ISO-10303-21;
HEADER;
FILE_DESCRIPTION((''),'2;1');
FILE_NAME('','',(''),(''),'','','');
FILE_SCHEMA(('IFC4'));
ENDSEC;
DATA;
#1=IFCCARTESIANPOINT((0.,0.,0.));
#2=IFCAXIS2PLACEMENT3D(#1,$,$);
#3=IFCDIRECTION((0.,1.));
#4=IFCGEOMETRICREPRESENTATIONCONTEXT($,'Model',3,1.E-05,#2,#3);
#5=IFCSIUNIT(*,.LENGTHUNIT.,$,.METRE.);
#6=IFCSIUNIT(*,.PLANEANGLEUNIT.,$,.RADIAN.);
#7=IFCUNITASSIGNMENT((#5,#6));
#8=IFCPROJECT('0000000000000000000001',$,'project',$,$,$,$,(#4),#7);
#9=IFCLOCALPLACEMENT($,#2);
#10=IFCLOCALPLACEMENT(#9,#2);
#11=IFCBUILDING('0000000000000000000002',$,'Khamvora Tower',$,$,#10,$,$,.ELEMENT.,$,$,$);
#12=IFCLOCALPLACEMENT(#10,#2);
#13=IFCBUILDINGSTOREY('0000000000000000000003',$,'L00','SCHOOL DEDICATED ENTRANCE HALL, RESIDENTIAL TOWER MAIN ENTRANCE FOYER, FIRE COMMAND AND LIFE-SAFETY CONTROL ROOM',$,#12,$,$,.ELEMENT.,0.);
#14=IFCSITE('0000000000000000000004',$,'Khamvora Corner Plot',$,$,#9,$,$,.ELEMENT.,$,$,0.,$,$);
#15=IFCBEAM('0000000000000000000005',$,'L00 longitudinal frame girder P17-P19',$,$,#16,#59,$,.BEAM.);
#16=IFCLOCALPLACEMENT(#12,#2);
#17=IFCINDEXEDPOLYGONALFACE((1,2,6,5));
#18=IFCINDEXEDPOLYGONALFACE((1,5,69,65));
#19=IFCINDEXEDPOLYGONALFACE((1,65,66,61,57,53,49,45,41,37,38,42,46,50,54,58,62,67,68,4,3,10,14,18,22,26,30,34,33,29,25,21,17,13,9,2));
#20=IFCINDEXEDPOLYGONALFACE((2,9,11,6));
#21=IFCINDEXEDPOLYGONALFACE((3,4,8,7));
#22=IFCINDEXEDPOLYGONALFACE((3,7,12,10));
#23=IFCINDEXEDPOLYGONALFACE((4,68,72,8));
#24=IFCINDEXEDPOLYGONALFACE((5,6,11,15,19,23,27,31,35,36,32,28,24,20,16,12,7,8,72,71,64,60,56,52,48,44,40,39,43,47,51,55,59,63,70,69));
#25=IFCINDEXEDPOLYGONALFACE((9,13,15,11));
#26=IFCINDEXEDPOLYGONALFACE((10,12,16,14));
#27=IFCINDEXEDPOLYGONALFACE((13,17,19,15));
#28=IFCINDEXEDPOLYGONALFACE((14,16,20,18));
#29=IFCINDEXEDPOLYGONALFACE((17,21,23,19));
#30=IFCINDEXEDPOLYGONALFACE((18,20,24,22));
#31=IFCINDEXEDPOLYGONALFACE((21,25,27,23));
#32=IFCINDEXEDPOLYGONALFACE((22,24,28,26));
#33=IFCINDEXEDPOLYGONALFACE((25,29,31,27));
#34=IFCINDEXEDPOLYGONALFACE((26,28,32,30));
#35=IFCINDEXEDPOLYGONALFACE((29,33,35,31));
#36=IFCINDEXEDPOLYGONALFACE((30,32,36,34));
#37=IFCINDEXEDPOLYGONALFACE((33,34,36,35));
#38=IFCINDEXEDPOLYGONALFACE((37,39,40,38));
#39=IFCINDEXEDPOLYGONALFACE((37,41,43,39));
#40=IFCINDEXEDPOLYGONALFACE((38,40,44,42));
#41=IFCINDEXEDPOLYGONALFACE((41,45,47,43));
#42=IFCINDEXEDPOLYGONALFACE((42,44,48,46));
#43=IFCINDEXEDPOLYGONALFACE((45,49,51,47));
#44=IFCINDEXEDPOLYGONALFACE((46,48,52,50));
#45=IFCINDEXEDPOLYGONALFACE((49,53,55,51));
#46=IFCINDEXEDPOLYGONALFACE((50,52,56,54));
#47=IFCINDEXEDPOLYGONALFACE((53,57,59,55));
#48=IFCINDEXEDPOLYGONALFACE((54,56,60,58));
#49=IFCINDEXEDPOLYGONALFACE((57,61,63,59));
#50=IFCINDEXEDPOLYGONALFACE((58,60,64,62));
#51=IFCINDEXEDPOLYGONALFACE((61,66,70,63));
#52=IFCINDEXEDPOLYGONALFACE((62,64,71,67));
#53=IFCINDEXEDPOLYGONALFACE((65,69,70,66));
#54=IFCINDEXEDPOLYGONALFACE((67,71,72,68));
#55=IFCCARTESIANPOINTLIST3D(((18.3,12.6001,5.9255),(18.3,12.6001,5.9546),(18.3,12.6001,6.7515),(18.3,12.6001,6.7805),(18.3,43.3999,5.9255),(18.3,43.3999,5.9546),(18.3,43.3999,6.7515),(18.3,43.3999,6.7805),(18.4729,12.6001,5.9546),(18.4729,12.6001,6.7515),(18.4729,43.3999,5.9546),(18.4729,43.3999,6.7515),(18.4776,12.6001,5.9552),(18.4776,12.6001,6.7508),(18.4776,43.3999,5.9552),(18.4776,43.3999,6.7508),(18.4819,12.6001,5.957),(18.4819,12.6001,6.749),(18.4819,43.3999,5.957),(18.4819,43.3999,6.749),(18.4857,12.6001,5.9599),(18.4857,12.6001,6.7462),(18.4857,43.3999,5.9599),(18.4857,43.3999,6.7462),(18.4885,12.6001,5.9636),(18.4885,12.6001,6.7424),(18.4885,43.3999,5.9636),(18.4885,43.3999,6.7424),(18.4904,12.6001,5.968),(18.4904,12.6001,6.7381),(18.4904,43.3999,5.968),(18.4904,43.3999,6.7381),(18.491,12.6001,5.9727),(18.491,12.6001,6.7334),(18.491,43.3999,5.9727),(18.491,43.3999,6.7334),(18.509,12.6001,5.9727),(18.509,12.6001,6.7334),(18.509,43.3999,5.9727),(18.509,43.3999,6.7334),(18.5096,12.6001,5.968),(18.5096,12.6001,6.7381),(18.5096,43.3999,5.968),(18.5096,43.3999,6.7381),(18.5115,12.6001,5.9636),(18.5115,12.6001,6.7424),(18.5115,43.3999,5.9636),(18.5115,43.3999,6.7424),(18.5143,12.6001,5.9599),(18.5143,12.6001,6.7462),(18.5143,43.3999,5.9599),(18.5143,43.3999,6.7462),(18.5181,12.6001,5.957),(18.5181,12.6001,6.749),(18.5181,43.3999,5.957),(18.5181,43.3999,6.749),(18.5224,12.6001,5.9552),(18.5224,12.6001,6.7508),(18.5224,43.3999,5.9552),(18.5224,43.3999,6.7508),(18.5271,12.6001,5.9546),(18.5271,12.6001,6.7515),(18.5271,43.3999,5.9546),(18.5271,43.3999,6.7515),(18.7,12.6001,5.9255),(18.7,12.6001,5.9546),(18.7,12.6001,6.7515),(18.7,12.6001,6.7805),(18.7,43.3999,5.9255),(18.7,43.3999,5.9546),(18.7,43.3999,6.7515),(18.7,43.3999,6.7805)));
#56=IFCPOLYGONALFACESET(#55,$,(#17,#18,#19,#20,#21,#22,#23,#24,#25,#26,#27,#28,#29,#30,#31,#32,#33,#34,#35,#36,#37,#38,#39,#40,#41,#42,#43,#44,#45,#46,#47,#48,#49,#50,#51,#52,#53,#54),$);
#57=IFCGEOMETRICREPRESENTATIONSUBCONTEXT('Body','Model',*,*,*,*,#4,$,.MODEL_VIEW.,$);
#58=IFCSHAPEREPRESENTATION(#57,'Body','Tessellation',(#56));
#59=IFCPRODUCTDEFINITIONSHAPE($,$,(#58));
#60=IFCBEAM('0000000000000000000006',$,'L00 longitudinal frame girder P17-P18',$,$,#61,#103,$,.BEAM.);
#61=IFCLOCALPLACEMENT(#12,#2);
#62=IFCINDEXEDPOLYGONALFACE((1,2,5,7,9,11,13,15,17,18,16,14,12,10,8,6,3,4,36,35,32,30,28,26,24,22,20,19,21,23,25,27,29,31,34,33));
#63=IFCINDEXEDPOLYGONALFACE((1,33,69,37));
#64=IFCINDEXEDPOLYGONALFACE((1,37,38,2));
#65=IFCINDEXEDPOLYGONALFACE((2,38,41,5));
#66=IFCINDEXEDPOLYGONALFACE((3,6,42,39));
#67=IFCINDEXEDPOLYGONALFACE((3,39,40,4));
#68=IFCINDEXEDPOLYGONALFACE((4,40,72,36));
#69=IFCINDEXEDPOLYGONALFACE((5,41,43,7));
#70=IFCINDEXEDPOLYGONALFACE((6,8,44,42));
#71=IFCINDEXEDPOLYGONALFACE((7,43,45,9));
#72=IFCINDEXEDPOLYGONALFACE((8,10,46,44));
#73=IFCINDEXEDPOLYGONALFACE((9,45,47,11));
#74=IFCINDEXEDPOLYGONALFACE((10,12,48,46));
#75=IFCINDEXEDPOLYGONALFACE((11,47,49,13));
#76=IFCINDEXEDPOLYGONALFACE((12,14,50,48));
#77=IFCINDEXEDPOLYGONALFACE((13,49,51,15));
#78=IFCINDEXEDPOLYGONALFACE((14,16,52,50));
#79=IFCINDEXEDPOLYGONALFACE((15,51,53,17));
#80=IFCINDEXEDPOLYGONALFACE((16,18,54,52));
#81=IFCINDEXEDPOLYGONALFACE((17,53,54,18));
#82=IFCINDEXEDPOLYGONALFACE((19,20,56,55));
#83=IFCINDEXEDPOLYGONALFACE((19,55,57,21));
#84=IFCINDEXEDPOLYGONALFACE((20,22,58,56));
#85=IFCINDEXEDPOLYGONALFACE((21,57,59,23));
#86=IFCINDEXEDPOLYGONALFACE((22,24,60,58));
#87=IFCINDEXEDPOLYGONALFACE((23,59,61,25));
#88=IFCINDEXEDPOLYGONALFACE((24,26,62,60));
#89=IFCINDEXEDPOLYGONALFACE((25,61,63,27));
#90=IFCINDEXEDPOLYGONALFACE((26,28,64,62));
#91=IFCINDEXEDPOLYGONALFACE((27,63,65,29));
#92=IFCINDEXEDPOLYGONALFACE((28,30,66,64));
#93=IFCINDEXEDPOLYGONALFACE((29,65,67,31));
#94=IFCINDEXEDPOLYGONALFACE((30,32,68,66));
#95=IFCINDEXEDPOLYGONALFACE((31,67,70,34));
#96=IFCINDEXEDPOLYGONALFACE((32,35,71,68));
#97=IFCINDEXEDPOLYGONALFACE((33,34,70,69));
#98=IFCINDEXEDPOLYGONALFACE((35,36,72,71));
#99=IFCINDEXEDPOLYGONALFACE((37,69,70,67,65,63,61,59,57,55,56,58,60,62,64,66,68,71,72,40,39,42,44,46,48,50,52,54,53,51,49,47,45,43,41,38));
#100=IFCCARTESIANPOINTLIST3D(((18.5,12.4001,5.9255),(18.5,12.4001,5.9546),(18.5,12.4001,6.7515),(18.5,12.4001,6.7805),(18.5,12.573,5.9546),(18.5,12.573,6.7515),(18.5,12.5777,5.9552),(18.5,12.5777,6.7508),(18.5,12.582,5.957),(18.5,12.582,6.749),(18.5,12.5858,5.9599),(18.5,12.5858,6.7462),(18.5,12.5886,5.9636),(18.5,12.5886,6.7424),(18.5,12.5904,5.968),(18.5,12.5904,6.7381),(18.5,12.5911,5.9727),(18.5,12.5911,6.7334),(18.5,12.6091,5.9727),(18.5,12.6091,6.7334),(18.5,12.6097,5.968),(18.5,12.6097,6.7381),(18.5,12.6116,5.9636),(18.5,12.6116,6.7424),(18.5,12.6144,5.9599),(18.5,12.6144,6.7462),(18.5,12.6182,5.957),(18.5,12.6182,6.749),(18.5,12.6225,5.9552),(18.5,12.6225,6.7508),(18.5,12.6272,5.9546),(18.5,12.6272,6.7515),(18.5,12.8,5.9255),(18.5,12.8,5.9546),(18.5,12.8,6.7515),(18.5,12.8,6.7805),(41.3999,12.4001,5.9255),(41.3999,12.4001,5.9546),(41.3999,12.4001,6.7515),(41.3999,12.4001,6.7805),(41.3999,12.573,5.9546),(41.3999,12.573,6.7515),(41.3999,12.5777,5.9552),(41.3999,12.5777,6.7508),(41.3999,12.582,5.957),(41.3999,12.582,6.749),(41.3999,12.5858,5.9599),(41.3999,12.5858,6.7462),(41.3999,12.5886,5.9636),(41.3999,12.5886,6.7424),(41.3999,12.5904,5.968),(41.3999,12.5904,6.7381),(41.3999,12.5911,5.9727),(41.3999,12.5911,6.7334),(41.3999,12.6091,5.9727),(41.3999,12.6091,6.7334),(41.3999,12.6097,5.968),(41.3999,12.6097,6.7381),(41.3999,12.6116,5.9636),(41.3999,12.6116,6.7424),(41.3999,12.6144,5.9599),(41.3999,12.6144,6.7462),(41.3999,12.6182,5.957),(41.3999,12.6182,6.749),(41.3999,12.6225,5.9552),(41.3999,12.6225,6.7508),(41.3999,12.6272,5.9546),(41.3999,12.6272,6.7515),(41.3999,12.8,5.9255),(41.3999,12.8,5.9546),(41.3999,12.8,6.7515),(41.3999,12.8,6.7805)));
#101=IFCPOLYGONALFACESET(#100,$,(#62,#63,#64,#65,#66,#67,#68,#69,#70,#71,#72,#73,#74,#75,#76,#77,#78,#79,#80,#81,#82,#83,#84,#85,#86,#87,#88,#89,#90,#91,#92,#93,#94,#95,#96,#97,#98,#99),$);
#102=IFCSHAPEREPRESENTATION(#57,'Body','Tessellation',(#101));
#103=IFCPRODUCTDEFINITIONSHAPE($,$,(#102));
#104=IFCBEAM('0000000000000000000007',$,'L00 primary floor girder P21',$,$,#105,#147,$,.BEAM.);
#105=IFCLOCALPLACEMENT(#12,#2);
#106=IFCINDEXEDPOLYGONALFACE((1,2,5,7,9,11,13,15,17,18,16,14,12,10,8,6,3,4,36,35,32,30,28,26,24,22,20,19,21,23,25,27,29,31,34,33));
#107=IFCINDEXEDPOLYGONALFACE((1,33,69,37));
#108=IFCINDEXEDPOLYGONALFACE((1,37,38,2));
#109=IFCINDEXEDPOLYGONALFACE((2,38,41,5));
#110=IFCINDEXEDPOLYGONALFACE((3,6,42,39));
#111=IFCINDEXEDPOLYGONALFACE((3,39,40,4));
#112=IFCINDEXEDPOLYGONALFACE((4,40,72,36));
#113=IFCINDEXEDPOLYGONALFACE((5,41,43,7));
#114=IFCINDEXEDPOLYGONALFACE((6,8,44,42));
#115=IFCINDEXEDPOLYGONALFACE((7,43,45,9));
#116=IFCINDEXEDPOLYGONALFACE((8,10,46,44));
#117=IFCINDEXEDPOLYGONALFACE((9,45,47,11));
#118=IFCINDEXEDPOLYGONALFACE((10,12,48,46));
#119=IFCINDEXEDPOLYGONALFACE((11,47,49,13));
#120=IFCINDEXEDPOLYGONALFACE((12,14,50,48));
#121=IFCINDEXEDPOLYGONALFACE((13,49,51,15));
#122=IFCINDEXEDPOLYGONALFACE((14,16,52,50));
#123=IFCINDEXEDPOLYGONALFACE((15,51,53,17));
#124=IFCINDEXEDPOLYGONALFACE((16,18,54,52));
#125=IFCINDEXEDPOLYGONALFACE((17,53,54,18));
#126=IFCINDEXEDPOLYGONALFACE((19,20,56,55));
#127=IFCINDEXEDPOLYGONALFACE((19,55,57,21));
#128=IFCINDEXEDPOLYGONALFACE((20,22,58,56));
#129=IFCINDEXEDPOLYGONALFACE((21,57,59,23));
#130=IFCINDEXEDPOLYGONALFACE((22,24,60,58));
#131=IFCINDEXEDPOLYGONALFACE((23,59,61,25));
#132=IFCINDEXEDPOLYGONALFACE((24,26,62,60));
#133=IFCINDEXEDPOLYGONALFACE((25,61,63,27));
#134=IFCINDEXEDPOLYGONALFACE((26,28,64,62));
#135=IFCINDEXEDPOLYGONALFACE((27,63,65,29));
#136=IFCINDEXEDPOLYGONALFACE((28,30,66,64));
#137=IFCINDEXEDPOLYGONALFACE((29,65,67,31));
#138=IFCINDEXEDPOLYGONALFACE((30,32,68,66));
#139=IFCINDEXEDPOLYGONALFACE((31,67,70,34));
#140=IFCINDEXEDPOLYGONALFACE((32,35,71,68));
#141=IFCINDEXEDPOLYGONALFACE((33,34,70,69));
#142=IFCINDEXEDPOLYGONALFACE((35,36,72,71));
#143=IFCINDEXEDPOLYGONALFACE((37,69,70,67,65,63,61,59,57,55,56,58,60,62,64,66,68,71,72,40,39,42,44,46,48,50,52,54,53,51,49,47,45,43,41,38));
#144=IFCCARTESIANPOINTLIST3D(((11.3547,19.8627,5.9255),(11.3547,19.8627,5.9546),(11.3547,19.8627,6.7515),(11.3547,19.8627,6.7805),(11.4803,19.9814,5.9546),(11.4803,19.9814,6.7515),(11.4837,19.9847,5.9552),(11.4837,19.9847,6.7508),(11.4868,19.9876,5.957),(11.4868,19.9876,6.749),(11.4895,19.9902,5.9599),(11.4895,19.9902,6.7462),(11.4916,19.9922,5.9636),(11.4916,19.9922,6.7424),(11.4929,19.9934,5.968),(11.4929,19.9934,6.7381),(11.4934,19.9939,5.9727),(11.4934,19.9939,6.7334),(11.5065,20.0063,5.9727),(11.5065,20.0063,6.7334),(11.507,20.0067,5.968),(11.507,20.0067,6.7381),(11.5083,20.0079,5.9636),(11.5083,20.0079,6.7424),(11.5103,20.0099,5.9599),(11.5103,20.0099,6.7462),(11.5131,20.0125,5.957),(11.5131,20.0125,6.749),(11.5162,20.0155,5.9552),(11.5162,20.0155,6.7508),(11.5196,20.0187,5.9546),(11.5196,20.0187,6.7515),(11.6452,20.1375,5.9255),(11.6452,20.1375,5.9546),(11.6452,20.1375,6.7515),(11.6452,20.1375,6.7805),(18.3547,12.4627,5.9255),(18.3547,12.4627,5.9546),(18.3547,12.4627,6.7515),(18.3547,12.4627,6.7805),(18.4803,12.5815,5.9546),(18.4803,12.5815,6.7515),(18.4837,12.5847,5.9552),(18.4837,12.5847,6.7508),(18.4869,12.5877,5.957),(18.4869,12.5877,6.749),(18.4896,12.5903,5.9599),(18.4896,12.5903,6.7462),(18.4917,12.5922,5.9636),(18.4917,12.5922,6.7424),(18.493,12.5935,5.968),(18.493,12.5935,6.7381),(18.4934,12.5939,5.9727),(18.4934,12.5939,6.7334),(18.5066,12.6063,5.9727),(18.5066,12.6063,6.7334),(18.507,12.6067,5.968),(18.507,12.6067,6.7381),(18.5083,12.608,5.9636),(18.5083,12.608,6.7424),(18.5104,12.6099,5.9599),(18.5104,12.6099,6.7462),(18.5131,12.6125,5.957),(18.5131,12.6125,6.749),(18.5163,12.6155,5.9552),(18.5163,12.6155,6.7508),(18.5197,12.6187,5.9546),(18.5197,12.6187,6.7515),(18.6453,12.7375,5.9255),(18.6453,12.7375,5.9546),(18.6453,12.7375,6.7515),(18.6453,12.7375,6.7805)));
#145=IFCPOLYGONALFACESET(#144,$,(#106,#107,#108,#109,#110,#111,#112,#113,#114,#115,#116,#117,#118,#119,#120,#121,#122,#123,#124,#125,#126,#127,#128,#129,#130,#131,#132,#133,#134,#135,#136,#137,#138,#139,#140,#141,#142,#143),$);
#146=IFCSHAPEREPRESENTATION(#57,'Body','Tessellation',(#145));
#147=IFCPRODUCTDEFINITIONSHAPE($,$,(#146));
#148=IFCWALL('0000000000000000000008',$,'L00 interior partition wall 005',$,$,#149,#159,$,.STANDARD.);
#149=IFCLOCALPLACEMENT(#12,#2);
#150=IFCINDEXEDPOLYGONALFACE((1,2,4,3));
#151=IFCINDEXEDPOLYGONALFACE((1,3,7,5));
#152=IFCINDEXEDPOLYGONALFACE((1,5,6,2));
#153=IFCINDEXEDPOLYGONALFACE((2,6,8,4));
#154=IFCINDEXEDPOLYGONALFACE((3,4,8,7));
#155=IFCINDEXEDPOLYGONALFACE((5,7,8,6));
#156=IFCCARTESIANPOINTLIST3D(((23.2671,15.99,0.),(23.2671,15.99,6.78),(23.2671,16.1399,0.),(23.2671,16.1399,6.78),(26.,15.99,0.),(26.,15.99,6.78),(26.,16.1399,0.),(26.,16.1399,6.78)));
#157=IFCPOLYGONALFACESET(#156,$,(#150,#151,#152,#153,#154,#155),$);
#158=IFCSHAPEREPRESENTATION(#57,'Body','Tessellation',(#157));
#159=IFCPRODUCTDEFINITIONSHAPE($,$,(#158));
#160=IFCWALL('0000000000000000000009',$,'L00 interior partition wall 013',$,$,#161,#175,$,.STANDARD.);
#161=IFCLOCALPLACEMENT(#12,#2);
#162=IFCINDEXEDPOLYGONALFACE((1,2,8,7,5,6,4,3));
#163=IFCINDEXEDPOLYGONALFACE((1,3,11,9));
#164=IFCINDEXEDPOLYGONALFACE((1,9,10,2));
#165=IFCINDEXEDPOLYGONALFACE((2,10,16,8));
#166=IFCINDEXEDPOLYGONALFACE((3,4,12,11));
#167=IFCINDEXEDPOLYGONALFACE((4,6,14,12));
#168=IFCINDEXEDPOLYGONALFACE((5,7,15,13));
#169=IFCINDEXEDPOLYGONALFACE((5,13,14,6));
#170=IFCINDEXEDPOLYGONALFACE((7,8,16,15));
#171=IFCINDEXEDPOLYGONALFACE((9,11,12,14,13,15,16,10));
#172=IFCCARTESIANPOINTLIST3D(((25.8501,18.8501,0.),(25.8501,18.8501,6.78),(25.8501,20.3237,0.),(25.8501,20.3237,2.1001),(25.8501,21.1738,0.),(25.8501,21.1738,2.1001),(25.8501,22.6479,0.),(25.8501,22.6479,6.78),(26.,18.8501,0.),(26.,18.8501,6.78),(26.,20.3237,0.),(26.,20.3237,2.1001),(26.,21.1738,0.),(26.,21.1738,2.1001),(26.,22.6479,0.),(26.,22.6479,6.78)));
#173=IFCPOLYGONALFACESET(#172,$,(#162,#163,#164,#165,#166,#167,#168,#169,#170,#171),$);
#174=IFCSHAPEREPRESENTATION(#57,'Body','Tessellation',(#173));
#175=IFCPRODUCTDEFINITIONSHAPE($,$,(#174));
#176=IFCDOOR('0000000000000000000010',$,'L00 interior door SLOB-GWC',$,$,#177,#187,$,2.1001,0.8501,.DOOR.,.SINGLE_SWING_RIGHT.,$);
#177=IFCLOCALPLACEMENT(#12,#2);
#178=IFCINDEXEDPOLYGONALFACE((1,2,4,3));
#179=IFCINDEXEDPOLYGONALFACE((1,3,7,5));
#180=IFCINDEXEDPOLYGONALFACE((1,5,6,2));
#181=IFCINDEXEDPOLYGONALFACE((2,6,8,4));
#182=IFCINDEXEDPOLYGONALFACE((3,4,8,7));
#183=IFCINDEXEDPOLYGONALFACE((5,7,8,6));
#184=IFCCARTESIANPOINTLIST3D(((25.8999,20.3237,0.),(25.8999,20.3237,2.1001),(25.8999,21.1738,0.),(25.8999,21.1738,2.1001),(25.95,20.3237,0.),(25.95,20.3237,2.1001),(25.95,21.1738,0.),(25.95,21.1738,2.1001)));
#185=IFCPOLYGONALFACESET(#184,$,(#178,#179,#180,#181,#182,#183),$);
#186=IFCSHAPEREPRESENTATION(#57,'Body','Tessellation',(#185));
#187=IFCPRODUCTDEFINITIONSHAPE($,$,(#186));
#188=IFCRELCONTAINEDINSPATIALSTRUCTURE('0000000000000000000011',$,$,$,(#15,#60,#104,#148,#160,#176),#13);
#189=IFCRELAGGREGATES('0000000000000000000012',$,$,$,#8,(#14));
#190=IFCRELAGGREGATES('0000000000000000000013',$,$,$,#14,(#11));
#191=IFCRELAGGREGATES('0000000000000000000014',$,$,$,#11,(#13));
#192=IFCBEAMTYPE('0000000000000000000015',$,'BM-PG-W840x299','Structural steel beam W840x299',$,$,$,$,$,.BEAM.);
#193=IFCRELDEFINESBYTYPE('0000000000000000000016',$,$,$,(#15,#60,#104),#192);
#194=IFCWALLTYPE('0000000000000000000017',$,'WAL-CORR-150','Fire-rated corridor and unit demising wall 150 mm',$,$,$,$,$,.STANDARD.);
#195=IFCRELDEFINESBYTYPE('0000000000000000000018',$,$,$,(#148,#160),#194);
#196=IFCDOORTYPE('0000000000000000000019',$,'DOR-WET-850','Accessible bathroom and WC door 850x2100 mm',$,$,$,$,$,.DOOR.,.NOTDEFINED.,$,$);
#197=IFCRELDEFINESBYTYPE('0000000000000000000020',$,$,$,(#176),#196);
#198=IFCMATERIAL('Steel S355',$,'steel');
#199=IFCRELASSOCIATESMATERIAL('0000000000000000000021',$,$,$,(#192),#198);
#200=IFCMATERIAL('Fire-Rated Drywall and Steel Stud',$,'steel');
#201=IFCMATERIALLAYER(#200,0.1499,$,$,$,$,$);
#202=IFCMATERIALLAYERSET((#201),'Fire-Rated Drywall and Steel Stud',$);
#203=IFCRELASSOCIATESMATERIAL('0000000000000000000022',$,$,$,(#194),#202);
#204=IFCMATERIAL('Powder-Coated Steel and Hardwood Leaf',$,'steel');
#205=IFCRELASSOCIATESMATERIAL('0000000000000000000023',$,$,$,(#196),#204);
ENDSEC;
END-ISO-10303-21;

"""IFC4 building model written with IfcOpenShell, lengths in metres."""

from ifc_helpers import new_model, si_unit, direction, frame, frame_2d, origin, origin_2d, place, context, subcontext, project, spatial, rectangle, i_section, extrude, material, layer, layer_set, material_profile, profile_set, type_object, element, fill, save


model = new_model("IFC4")

# Units and contexts
model_context = context("Model", 3, precision=1e-05, world=origin(), true_north=direction((0.0, 1.0)))
body_context = subcontext(model_context, "Body", "Model", "MODEL_VIEW")
ifc_project = project(units=[si_unit("LENGTHUNIT", "METRE"), si_unit("PLANEANGLEUNIT", "RADIAN")], contexts=[model_context])

# Site, building, storey
site_placement = place(None, origin())
site = spatial("IfcSite", under=ifc_project, at=site_placement, Name="Khamvora Corner Plot", CompositionType="ELEMENT", RefElevation=0.0)
building_placement = place(site_placement, origin())
building = spatial("IfcBuilding", under=site, at=building_placement, Name="Khamvora Tower", CompositionType="ELEMENT")
storey_placement = place(building_placement, origin())
storey = spatial("IfcBuildingStorey", under=building, at=storey_placement, Name="L00", Description="SCHOOL DEDICATED ENTRANCE HALL, RESIDENTIAL TOWER MAIN ENTRANCE FOYER, FIRE COMMAND AND LIFE-SAFETY CONTROL ROOM", CompositionType="ELEMENT", Elevation=0.0)

# Beams
ifc_material_1 = material(Name="Steel S355", Category="steel")
ifc_material_profile_1 = material_profile(ifc_material_1, i_section(OverallWidth=0.3999, OverallDepth=0.855, WebThickness=0.0181, FlangeThickness=0.0291, FilletRadius=0.0181, at=origin_2d()), Name="W840x299")
ifc_profile_set_1 = profile_set([ifc_material_profile_1], Name="Steel S355")
beam_type_1 = type_object("IfcBeamType", Name="BM-PG-W840x299", Description="Structural steel beam W840x299", PredefinedType="BEAM", material=ifc_profile_set_1)
beam_1_placement = place(storey_placement, frame((18.5, 12.6001, 6.353), z_axis=(0.0, 1.0, 0.0), x_axis=(-1.0, 0.0, 0.0)))
element("IfcBeam", 1, at=beam_1_placement, inside=storey, type_object=beam_type_1, Name="L00 longitudinal frame girder P17-P19", PredefinedType="BEAM", context=body_context, shape_type="SweptSolid", body=[
    extrude(i_section(OverallWidth=0.3999, OverallDepth=0.855, WebThickness=0.0181, FlangeThickness=0.0291, FilletRadius=0.0181, at=origin_2d()), origin(), (0.0, 0.0, 1.0), 30.7998),
])
beam_2_placement = place(storey_placement, frame((18.5, 12.6001, 6.353), z_axis=(1.0, 0.0, 0.0), x_axis=(0.0, 1.0, 0.0)))
element("IfcBeam", 2, at=beam_2_placement, inside=storey, type_object=beam_type_1, Name="L00 longitudinal frame girder P17-P18", PredefinedType="BEAM", context=body_context, shape_type="SweptSolid", body=[
    extrude(i_section(OverallWidth=0.3999, OverallDepth=0.855, WebThickness=0.0181, FlangeThickness=0.0291, FilletRadius=0.0181, at=origin_2d()), origin(), (0.0, 0.0, 1.0), 22.8999),
])
beam_3_placement = place(storey_placement, frame((18.5, 12.6001, 6.353), z_axis=(-0.687205, 0.726464, 0.0), x_axis=(-0.726464, -0.687205, 0.0)))
element("IfcBeam", 3, at=beam_3_placement, inside=storey, type_object=beam_type_1, Name="L00 primary floor girder P21", PredefinedType="BEAM", context=body_context, shape_type="SweptSolid", body=[
    extrude(i_section(OverallWidth=0.3999, OverallDepth=0.855, WebThickness=0.0181, FlangeThickness=0.0291, FilletRadius=0.0181, at=origin_2d()), origin(), (0.0, 0.0, 1.0), 10.1863),
])

# Wall
ifc_material_2 = material(Name="Fire-Rated Drywall and Steel Stud", Category="steel")
ifc_layer_1 = layer(ifc_material_2, 0.1499)
ifc_layer_set_1 = layer_set([ifc_layer_1], Name="Fire-Rated Drywall and Steel Stud")
wall_type_1 = type_object("IfcWallType", Name="WAL-CORR-150", Description="Fire-rated corridor and unit demising wall 150 mm", PredefinedType="STANDARD", material=ifc_layer_set_1)
wall_1_placement = place(storey_placement, frame((23.2671, 16.0649, 0.0), z_axis=(0.0, 0.0, 1.0), x_axis=(1.0, 0.0, 0.0)))
element("IfcWall", 4, at=wall_1_placement, inside=storey, type_object=wall_type_1, Name="L00 interior partition wall 005", PredefinedType="STANDARD", context=body_context, shape_type="SweptSolid", body=[
    extrude(rectangle(XDim=2.7329, YDim=0.1499, at=frame_2d((1.3665, 0.0))), origin(), (0.0, 0.0, 1.0), 6.78),
])

# Wall, opening, door
wall_2_placement = place(storey_placement, frame((25.925, 22.6479, 0.0), z_axis=(0.0, 0.0, 1.0), x_axis=(0.0, -1.0, 0.0)))
wall_2 = element("IfcWall", 5, at=wall_2_placement, inside=storey, type_object=wall_type_1, Name="L00 interior partition wall 013", PredefinedType="STANDARD", context=body_context, shape_type="SweptSolid", body=[
    extrude(rectangle(XDim=3.7979, YDim=0.1499, at=frame_2d((1.8989, 0.0))), origin(), (0.0, 0.0, 1.0), 6.78),
])
opening_1_placement = place(wall_2_placement, frame((1.4741, 0.0, 0.0)))
opening_1 = element("IfcOpeningElement", 6, at=opening_1_placement, cuts=wall_2, PredefinedType="OPENING", context=body_context, shape_type="SweptSolid", body=[
    extrude(rectangle(XDim=0.8501, YDim=2.1001, at=frame_2d((0.425, 1.05))), frame((0.0, 0.085, 0.0), z_axis=(0.0, -1.0, 0.0), x_axis=(1.0, 0.0, 0.0)), (0.0, 0.0, 1.0), 0.1699),
])
ifc_material_3 = material(Name="Powder-Coated Steel and Hardwood Leaf", Category="steel")
door_type_1 = type_object("IfcDoorType", Name="DOR-WET-850", Description="Accessible bathroom and WC door 850x2100 mm", OperationType="NOTDEFINED", PredefinedType="DOOR", material=ifc_material_3)
door_1_placement = place(opening_1_placement, origin())
door_1 = element("IfcDoor", 7, at=door_1_placement, inside=storey, type_object=door_type_1, Name="L00 interior door SLOB-GWC", OperationType="SINGLE_SWING_RIGHT", OverallHeight=2.1001, OverallWidth=0.8501, PredefinedType="DOOR", context=body_context, shape_type="SweptSolid", body=[
    extrude(rectangle(XDim=0.8501, YDim=2.1001, at=frame_2d((0.425, 1.05))), frame((0.0, 0.0249, 0.0), z_axis=(0.0, -1.0, 0.0), x_axis=(1.0, 0.0, 0.0)), (0.0, 0.0, 1.0), 0.05),
])
fill(opening_1, door_1)

save(model, "model.ifc")
